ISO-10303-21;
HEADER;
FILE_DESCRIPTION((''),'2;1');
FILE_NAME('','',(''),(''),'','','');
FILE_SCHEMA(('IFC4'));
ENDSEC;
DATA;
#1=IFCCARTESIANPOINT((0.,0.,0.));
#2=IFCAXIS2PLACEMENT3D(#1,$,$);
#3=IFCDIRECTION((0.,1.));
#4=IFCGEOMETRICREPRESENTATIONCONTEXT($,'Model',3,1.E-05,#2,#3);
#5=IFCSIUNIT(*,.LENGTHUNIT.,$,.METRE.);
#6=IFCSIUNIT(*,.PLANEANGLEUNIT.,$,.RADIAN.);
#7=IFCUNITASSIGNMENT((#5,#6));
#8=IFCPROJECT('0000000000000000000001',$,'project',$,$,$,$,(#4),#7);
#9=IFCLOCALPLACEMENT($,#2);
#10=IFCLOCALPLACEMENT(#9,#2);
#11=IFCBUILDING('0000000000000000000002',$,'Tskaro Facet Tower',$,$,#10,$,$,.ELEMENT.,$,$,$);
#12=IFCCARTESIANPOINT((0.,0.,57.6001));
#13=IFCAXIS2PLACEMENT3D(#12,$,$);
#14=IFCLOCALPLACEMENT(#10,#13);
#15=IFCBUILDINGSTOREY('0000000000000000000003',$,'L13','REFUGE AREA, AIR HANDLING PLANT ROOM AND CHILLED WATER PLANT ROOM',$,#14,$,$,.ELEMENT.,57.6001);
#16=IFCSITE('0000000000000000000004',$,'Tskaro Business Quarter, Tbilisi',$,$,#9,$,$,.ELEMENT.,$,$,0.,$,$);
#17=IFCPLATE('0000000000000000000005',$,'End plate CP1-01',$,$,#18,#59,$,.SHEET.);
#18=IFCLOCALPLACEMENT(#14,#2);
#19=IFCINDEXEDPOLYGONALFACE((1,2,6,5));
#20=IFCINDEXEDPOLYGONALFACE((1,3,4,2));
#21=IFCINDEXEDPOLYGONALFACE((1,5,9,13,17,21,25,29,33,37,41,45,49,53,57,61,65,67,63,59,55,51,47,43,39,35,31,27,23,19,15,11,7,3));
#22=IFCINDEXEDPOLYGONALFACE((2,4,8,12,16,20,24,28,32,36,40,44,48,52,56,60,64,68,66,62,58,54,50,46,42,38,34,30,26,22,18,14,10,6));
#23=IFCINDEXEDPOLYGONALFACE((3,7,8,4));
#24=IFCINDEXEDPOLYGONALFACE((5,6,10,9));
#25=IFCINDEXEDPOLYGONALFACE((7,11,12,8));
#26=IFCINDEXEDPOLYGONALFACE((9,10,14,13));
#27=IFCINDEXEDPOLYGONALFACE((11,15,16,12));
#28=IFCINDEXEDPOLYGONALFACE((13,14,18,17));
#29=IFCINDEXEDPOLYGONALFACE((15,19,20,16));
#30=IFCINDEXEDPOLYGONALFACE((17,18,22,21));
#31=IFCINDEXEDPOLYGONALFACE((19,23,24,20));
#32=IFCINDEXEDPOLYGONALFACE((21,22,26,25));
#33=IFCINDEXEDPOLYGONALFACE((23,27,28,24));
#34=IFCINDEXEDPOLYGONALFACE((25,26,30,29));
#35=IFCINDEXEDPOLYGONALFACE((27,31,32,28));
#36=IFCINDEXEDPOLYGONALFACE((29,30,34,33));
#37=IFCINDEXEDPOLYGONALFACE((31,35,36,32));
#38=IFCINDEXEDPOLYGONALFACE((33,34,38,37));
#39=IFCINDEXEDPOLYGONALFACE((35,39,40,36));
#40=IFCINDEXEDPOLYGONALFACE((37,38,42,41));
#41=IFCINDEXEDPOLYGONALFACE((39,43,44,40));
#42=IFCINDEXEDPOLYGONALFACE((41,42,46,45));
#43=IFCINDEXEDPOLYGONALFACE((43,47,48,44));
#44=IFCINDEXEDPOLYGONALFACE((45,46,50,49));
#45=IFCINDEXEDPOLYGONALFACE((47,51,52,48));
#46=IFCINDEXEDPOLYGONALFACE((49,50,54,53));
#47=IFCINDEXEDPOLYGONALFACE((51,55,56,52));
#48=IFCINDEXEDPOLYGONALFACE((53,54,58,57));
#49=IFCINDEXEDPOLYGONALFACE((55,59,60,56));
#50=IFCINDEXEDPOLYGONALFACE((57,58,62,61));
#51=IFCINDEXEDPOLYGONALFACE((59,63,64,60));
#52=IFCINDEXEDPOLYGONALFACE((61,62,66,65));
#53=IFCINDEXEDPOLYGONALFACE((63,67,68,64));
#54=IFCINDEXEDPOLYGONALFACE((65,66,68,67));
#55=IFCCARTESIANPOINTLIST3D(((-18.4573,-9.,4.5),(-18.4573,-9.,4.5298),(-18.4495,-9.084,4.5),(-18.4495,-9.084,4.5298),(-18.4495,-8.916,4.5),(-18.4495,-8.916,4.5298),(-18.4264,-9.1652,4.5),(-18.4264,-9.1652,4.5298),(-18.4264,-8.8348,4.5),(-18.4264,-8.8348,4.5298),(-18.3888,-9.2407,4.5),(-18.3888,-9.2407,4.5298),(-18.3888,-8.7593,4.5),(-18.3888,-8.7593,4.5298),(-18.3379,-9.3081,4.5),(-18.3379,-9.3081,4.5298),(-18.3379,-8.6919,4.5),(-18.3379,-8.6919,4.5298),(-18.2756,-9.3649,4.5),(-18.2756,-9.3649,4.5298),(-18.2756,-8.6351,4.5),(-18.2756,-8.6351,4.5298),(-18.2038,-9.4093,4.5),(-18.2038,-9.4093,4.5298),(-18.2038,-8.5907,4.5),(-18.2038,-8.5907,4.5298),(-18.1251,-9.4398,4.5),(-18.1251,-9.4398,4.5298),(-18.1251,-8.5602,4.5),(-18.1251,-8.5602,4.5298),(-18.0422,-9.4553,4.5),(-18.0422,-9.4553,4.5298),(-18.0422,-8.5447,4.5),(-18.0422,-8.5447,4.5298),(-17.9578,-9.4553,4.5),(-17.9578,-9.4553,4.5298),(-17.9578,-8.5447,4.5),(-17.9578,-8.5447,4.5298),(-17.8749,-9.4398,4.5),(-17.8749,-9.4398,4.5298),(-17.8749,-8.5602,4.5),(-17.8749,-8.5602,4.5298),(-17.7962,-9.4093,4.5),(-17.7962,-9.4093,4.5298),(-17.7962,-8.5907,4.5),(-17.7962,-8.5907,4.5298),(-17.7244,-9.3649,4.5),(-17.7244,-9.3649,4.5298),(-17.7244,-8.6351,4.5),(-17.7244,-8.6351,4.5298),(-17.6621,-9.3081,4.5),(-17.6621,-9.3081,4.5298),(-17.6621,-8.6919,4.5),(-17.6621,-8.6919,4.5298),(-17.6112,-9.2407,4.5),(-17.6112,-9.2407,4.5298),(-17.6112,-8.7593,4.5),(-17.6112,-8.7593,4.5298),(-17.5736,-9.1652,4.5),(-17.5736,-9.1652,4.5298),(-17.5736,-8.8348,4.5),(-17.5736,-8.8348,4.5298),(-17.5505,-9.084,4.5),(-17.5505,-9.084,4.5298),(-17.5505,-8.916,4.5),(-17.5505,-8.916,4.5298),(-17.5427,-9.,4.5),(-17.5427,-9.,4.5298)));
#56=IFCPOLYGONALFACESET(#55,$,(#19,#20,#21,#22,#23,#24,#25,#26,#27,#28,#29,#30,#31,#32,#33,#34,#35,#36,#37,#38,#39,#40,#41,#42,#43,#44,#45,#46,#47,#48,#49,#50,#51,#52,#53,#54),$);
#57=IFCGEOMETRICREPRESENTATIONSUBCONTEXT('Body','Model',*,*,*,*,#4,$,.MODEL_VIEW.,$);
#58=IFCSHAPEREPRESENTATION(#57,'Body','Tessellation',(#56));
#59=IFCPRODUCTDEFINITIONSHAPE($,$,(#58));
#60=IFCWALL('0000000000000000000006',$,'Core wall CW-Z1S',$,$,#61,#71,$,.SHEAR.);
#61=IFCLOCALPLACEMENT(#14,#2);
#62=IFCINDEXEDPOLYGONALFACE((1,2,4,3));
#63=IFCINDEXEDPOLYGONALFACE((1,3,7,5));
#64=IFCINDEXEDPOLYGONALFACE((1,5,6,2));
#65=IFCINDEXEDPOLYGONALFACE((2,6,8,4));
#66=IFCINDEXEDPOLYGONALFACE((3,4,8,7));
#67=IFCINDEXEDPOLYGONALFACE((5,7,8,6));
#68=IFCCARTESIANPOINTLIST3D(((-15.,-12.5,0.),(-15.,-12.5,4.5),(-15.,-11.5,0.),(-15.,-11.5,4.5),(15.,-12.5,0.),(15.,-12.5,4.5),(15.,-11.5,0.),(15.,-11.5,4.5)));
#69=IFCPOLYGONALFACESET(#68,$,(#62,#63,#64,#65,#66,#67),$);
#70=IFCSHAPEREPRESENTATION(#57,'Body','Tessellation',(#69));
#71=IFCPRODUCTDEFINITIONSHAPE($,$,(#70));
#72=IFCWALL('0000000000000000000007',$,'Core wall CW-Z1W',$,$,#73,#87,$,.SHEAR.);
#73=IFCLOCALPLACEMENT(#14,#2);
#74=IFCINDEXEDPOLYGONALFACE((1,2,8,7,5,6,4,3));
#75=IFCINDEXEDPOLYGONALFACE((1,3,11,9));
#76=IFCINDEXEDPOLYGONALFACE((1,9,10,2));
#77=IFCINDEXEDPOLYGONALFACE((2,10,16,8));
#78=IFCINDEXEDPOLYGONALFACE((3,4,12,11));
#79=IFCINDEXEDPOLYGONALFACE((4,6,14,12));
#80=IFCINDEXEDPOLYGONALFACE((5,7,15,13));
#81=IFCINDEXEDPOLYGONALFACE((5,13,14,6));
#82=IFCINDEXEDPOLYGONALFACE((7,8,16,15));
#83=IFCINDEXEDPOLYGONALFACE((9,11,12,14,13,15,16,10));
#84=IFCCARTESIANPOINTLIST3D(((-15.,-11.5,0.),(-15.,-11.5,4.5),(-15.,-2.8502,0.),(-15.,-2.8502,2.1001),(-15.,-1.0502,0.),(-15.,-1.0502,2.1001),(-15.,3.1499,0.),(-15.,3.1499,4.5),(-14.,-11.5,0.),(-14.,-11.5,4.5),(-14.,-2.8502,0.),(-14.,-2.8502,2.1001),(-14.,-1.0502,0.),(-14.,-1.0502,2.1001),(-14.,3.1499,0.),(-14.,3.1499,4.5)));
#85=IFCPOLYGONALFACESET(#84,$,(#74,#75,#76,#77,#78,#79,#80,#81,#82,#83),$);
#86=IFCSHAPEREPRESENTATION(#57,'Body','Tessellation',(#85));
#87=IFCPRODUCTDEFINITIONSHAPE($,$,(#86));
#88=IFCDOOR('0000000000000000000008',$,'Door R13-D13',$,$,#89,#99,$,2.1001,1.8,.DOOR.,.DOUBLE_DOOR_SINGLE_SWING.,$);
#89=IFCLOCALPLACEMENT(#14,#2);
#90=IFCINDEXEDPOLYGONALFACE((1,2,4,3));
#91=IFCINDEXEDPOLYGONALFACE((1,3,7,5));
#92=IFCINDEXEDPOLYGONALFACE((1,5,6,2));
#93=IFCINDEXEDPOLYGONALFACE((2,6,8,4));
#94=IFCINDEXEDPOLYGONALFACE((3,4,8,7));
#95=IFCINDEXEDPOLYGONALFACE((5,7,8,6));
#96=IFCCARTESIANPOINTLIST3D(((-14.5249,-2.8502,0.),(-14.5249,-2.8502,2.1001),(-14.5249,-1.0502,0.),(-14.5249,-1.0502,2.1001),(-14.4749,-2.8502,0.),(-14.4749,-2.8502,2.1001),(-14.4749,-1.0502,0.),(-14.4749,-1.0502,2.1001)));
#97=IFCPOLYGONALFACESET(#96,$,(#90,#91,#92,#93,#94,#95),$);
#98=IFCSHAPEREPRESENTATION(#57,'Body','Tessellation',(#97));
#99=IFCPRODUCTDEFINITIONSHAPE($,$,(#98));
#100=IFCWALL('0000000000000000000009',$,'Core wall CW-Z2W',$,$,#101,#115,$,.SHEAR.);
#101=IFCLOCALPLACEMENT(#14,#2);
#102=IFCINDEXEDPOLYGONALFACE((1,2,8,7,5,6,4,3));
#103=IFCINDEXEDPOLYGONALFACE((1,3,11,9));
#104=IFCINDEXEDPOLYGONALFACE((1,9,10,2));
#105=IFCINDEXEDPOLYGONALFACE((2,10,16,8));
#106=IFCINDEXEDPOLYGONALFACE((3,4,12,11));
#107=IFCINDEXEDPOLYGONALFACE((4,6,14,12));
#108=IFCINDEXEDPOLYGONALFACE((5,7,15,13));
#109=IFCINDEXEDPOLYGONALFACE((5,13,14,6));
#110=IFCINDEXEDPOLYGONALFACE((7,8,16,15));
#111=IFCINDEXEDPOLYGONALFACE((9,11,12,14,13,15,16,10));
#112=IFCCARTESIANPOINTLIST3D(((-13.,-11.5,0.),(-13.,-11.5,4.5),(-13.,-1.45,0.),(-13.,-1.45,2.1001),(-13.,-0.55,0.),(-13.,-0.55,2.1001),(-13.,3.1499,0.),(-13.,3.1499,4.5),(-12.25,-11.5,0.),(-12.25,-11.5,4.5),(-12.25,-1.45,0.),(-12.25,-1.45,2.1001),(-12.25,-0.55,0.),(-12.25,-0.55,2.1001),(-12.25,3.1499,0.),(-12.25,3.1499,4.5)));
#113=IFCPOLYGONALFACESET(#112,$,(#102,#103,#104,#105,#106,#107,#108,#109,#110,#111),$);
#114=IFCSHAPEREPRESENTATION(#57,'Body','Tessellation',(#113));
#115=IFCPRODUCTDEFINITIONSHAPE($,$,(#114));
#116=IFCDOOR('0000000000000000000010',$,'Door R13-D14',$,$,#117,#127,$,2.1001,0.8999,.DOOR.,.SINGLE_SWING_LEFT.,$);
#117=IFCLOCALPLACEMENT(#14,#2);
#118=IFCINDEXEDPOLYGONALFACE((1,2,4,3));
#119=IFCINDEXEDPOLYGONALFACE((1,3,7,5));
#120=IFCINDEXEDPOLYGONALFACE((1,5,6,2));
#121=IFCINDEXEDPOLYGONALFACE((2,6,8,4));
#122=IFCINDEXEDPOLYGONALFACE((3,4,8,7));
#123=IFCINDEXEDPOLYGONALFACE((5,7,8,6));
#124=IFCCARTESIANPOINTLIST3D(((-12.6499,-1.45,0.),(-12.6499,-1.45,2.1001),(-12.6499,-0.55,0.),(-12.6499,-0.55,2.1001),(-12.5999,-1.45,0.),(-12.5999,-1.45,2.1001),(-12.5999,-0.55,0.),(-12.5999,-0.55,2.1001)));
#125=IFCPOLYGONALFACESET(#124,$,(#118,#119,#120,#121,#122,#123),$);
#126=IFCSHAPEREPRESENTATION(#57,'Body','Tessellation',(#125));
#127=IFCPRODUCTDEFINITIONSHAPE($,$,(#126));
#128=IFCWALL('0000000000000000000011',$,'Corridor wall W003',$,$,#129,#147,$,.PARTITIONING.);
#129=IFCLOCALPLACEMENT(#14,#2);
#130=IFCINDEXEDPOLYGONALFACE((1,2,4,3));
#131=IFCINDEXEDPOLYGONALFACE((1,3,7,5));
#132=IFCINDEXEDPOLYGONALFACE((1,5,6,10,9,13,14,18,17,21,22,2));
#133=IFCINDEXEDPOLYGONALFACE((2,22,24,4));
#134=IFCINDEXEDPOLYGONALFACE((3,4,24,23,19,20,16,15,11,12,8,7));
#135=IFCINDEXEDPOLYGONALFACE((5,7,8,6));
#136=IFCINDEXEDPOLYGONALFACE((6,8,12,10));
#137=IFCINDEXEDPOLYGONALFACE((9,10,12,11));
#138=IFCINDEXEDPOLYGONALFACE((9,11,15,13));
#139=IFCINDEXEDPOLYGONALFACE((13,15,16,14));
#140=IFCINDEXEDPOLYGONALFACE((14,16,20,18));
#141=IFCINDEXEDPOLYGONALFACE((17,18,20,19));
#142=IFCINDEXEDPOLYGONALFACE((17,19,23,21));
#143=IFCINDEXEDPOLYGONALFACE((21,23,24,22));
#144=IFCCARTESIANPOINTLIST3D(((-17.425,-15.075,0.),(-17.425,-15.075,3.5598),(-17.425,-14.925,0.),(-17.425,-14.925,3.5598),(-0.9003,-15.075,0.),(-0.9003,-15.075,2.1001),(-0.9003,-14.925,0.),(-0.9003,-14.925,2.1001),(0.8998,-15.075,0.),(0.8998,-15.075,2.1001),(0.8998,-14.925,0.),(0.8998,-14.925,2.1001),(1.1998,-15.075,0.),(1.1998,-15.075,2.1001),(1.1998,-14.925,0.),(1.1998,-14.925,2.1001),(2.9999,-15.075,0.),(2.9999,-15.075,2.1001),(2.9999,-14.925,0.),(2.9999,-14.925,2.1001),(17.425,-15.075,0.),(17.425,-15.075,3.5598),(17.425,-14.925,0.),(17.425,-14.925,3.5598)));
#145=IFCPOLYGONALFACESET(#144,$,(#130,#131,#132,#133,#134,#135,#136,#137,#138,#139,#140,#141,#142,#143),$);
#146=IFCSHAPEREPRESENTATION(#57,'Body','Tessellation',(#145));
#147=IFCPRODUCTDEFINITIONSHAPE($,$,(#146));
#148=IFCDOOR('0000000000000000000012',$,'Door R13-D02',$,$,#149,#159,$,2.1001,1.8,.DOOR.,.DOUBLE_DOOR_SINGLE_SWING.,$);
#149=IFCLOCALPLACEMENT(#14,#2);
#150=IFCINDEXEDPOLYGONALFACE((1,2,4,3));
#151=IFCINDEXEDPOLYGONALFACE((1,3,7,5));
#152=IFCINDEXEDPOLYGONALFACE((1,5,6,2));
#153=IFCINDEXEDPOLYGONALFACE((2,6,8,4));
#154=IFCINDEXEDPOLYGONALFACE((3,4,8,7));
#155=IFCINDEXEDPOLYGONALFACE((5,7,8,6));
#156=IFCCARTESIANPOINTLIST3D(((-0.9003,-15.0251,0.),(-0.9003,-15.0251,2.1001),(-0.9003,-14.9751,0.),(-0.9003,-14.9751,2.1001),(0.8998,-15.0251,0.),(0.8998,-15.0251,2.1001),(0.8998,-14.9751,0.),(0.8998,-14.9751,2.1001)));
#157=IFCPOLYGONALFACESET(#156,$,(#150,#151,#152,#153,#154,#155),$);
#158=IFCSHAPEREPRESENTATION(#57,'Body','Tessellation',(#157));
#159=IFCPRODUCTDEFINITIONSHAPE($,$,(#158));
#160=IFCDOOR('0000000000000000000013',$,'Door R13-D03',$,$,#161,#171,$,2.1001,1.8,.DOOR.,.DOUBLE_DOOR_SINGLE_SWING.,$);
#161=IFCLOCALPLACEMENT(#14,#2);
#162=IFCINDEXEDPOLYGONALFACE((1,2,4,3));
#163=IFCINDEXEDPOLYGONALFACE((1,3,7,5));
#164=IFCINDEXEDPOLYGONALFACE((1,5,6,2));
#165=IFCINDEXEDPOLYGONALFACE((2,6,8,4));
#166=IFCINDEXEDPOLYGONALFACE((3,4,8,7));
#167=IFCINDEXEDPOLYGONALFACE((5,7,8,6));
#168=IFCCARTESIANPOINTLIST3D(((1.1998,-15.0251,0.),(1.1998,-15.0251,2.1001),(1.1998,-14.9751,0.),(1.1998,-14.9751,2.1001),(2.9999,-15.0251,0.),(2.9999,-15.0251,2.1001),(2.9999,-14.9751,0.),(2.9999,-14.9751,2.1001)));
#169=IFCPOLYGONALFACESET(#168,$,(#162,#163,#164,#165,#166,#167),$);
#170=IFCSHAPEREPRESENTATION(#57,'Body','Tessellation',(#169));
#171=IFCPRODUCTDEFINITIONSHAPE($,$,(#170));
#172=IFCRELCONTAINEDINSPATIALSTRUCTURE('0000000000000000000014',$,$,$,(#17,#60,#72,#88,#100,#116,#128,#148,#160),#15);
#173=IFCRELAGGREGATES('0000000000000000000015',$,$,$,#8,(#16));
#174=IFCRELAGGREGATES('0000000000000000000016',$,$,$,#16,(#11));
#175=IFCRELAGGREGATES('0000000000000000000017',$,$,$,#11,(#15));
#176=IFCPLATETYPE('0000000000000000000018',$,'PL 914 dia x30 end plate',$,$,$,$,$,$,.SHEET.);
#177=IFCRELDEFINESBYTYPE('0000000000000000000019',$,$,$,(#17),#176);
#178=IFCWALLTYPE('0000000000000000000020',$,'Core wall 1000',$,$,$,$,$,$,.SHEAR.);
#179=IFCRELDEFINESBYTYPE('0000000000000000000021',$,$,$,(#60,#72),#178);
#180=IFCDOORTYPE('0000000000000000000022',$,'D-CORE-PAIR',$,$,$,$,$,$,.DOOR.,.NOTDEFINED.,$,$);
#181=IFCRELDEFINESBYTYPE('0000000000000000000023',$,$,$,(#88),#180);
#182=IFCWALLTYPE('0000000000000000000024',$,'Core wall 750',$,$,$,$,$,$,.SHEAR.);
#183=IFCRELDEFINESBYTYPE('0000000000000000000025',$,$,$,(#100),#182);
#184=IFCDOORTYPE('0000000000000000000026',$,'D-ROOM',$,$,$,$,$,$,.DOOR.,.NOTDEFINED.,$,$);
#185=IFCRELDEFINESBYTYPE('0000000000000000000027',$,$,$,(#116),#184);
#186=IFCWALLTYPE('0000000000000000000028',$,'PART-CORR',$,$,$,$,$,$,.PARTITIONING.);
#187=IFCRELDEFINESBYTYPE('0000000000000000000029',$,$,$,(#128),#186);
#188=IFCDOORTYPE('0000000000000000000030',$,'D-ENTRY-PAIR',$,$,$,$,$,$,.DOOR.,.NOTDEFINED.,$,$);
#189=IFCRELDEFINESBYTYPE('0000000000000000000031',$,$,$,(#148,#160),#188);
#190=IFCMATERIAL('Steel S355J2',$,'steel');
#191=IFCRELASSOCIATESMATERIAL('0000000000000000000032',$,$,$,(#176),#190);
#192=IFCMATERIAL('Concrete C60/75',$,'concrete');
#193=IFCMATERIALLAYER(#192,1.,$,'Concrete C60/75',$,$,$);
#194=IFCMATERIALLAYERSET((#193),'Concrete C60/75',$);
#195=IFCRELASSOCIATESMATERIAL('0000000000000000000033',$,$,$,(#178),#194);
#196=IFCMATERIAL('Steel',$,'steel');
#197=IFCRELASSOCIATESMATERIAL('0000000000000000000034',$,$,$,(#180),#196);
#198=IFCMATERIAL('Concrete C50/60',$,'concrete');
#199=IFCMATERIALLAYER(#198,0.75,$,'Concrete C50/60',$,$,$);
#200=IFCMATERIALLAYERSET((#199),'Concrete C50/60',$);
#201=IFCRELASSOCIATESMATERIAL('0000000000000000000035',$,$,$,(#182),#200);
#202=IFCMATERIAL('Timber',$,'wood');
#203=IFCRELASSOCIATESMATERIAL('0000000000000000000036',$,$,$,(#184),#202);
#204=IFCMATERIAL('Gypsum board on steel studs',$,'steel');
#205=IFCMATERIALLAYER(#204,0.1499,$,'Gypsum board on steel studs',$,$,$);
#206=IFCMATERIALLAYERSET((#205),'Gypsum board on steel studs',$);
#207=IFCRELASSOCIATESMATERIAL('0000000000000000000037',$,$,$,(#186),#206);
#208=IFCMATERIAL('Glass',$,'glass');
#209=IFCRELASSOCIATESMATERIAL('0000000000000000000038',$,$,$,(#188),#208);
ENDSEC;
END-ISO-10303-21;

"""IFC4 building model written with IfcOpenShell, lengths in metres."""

from ifc_helpers import new_model, si_unit, direction, frame, frame_2d, origin, origin_2d, place, context, subcontext, project, spatial, rectangle, circle, extrude, material, layer, layer_set, material_profile, profile_set, type_object, element, fill, save


model = new_model("IFC4")

# Units and contexts
model_context = context("Model", 3, precision=1e-05, world=origin(), true_north=direction((0.0, 1.0)))
body_context = subcontext(model_context, "Body", "Model", "MODEL_VIEW")
ifc_project = project(units=[si_unit("LENGTHUNIT", "METRE"), si_unit("PLANEANGLEUNIT", "RADIAN")], contexts=[model_context])

# Site, building, storey
site_placement = place(None, origin())
site = spatial("IfcSite", under=ifc_project, at=site_placement, Name="Tskaro Business Quarter, Tbilisi", CompositionType="ELEMENT", RefElevation=0.0)
building_placement = place(site_placement, origin())
building = spatial("IfcBuilding", under=site, at=building_placement, Name="Tskaro Facet Tower", CompositionType="ELEMENT")
storey_placement = place(building_placement, frame((0.0, 0.0, 57.6001)))
storey = spatial("IfcBuildingStorey", under=building, at=storey_placement, Name="L13", Description="REFUGE AREA, AIR HANDLING PLANT ROOM AND CHILLED WATER PLANT ROOM", CompositionType="ELEMENT", Elevation=57.6001)

# Shared definitions
ifc_material_1 = material(Name="Steel S355J2", Category="steel")

# Plate
ifc_material_profile_1 = material_profile(ifc_material_1, circle(Radius=0.4573, at=origin_2d()), Name="PL 914 dia x30 end plate")
ifc_profile_set_1 = profile_set([ifc_material_profile_1], Name="Steel S355J2")
plate_type_1 = type_object("IfcPlateType", Name="PL 914 dia x30 end plate", PredefinedType="SHEET", material=ifc_profile_set_1)
plate_1_placement = place(storey_placement, frame((-18.0, -9.0, 4.5), z_axis=(0.0, 0.0, 1.0), x_axis=(1.0, 0.0, 0.0)))
element("IfcPlate", 1, at=plate_1_placement, inside=storey, type_object=plate_type_1, Name="End plate CP1-01", PredefinedType="SHEET", context=body_context, shape_type="SweptSolid", body=[
    extrude(circle(Radius=0.4573, at=origin_2d()), origin(), (0.0, 0.0, 1.0), 0.0298),
])

# Wall
ifc_material_2 = material(Name="Concrete C60/75", Category="concrete")
ifc_layer_1 = layer(ifc_material_2, 1.0, Name="Concrete C60/75")
ifc_layer_set_1 = layer_set([ifc_layer_1], Name="Concrete C60/75")
wall_type_1 = type_object("IfcWallType", Name="Core wall 1000", PredefinedType="SHEAR", material=ifc_layer_set_1)
wall_1_placement = place(storey_placement, frame((-15.0, -12.0, 0.0), z_axis=(0.0, 0.0, 1.0), x_axis=(1.0, 0.0, 0.0)))
element("IfcWall", 2, at=wall_1_placement, inside=storey, type_object=wall_type_1, Name="Core wall CW-Z1S", PredefinedType="SHEAR", context=body_context, shape_type="SweptSolid", body=[
    extrude(rectangle(XDim=30.0, YDim=1.0, at=frame_2d((15.0, 0.0))), origin(), (0.0, 0.0, 1.0), 4.5),
])

# Walls, openings, doors
wall_2_placement = place(storey_placement, frame((-14.5, -11.5, 0.0), z_axis=(0.0, 0.0, 1.0), x_axis=(0.0, 1.0, 0.0)))
wall_2 = element("IfcWall", 3, at=wall_2_placement, inside=storey, type_object=wall_type_1, Name="Core wall CW-Z1W", PredefinedType="SHEAR", context=body_context, shape_type="SweptSolid", body=[
    extrude(rectangle(XDim=14.6499, YDim=1.0, at=frame_2d((7.325, 0.0))), origin(), (0.0, 0.0, 1.0), 4.5),
])
opening_1_placement = place(wall_2_placement, frame((8.6499, 0.0, 0.0)))
opening_1 = element("IfcOpeningElement", 4, at=opening_1_placement, cuts=wall_2, PredefinedType="OPENING", context=body_context, shape_type="SweptSolid", body=[
    extrude(rectangle(XDim=1.8, YDim=2.1001, at=frame_2d((0.8999, 1.05))), frame((0.0, 0.51, 0.0), z_axis=(0.0, -1.0, 0.0), x_axis=(1.0, 0.0, 0.0)), (0.0, 0.0, 1.0), 1.02),
])
ifc_material_3 = material(Name="Steel", Category="steel")
door_type_1 = type_object("IfcDoorType", Name="D-CORE-PAIR", OperationType="NOTDEFINED", PredefinedType="DOOR", material=ifc_material_3)
door_1_placement = place(opening_1_placement, origin())
door_1 = element("IfcDoor", 5, at=door_1_placement, inside=storey, type_object=door_type_1, Name="Door R13-D13", OperationType="DOUBLE_DOOR_SINGLE_SWING", OverallHeight=2.1001, OverallWidth=1.8, PredefinedType="DOOR", context=body_context, shape_type="SweptSolid", body=[
    extrude(rectangle(XDim=1.8, YDim=2.1001, at=frame_2d((0.8999, 1.05))), frame((0.0, 0.0249, 0.0), z_axis=(0.0, -1.0, 0.0), x_axis=(1.0, 0.0, 0.0)), (0.0, 0.0, 1.0), 0.05),
])
fill(opening_1, door_1)
ifc_material_4 = material(Name="Concrete C50/60", Category="concrete")
ifc_layer_2 = layer(ifc_material_4, 0.75, Name="Concrete C50/60")
ifc_layer_set_2 = layer_set([ifc_layer_2], Name="Concrete C50/60")
wall_type_2 = type_object("IfcWallType", Name="Core wall 750", PredefinedType="SHEAR", material=ifc_layer_set_2)
wall_3_placement = place(storey_placement, frame((-12.625, -11.5, 0.0), z_axis=(0.0, 0.0, 1.0), x_axis=(0.0, 1.0, 0.0)))
wall_3 = element("IfcWall", 6, at=wall_3_placement, inside=storey, type_object=wall_type_2, Name="Core wall CW-Z2W", PredefinedType="SHEAR", context=body_context, shape_type="SweptSolid", body=[
    extrude(rectangle(XDim=14.6499, YDim=0.75, at=frame_2d((7.325, 0.0))), origin(), (0.0, 0.0, 1.0), 4.5),
])
opening_2_placement = place(wall_3_placement, frame((10.05, 0.0, 0.0)))
opening_2 = element("IfcOpeningElement", 7, at=opening_2_placement, cuts=wall_3, PredefinedType="OPENING", context=body_context, shape_type="SweptSolid", body=[
    extrude(rectangle(XDim=0.8999, YDim=2.1001, at=frame_2d((0.45, 1.05))), frame((0.0, 0.385, 0.0), z_axis=(0.0, -1.0, 0.0), x_axis=(1.0, 0.0, 0.0)), (0.0, 0.0, 1.0), 0.77),
])
ifc_material_5 = material(Name="Timber", Category="wood")
door_type_2 = type_object("IfcDoorType", Name="D-ROOM", OperationType="NOTDEFINED", PredefinedType="DOOR", material=ifc_material_5)
door_2_placement = place(opening_2_placement, origin())
door_2 = element("IfcDoor", 8, at=door_2_placement, inside=storey, type_object=door_type_2, Name="Door R13-D14", OperationType="SINGLE_SWING_LEFT", OverallHeight=2.1001, OverallWidth=0.8999, PredefinedType="DOOR", context=body_context, shape_type="SweptSolid", body=[
    extrude(rectangle(XDim=0.8999, YDim=2.1001, at=frame_2d((0.45, 1.05))), frame((0.0, 0.0249, 0.0), z_axis=(0.0, -1.0, 0.0), x_axis=(1.0, 0.0, 0.0)), (0.0, 0.0, 1.0), 0.05),
])
fill(opening_2, door_2)

# Wall, openings, doors
ifc_material_6 = material(Name="Gypsum board on steel studs", Category="steel")
ifc_layer_3 = layer(ifc_material_6, 0.1499, Name="Gypsum board on steel studs")
ifc_layer_set_3 = layer_set([ifc_layer_3], Name="Gypsum board on steel studs")
wall_type_3 = type_object("IfcWallType", Name="PART-CORR", PredefinedType="PARTITIONING", material=ifc_layer_set_3)
wall_4_placement = place(storey_placement, frame((-17.425, -15.0, 0.0), z_axis=(0.0, 0.0, 1.0), x_axis=(1.0, 0.0, 0.0)))
wall_4 = element("IfcWall", 9, at=wall_4_placement, inside=storey, type_object=wall_type_3, Name="Corridor wall W003", PredefinedType="PARTITIONING", context=body_context, shape_type="SweptSolid", body=[
    extrude(rectangle(XDim=34.8501, YDim=0.1499, at=frame_2d((17.425, 0.0))), origin(), (0.0, 0.0, 1.0), 3.5598),
])
opening_3_placement = place(wall_4_placement, frame((16.5249, 0.0, 0.0)))
opening_3 = element("IfcOpeningElement", 10, at=opening_3_placement, cuts=wall_4, PredefinedType="OPENING", context=body_context, shape_type="SweptSolid", body=[
    extrude(rectangle(XDim=1.8, YDim=2.1001, at=frame_2d((0.8999, 1.05))), frame((0.0, 0.085, 0.0), z_axis=(0.0, -1.0, 0.0), x_axis=(1.0, 0.0, 0.0)), (0.0, 0.0, 1.0), 0.1699),
])
opening_4_placement = place(wall_4_placement, frame((18.625, 0.0, 0.0)))
opening_4 = element("IfcOpeningElement", 11, at=opening_4_placement, cuts=wall_4, PredefinedType="OPENING", context=body_context, shape_type="SweptSolid", body=[
    extrude(rectangle(XDim=1.8, YDim=2.1001, at=frame_2d((0.8999, 1.05))), frame((0.0, 0.085, 0.0), z_axis=(0.0, -1.0, 0.0), x_axis=(1.0, 0.0, 0.0)), (0.0, 0.0, 1.0), 0.1699),
])
ifc_material_7 = material(Name="Glass", Category="glass")
door_type_3 = type_object("IfcDoorType", Name="D-ENTRY-PAIR", OperationType="NOTDEFINED", PredefinedType="DOOR", material=ifc_material_7)
door_3_placement = place(opening_3_placement, origin())
door_3 = element("IfcDoor", 12, at=door_3_placement, inside=storey, type_object=door_type_3, Name="Door R13-D02", OperationType="DOUBLE_DOOR_SINGLE_SWING", OverallHeight=2.1001, OverallWidth=1.8, PredefinedType="DOOR", context=body_context, shape_type="SweptSolid", body=[
    extrude(rectangle(XDim=1.8, YDim=2.1001, at=frame_2d((0.8999, 1.05))), frame((0.0, 0.0249, 0.0), z_axis=(0.0, -1.0, 0.0), x_axis=(1.0, 0.0, 0.0)), (0.0, 0.0, 1.0), 0.05),
])
fill(opening_3, door_3)
door_4_placement = place(opening_4_placement, origin())
door_4 = element("IfcDoor", 13, at=door_4_placement, inside=storey, type_object=door_type_3, Name="Door R13-D03", OperationType="DOUBLE_DOOR_SINGLE_SWING", OverallHeight=2.1001, OverallWidth=1.8, PredefinedType="DOOR", context=body_context, shape_type="SweptSolid", body=[
    extrude(rectangle(XDim=1.8, YDim=2.1001, at=frame_2d((0.8999, 1.05))), frame((0.0, 0.0249, 0.0), z_axis=(0.0, -1.0, 0.0), x_axis=(1.0, 0.0, 0.0)), (0.0, 0.0, 1.0), 0.05),
])
fill(opening_4, door_4)

save(model, "model.ifc")
